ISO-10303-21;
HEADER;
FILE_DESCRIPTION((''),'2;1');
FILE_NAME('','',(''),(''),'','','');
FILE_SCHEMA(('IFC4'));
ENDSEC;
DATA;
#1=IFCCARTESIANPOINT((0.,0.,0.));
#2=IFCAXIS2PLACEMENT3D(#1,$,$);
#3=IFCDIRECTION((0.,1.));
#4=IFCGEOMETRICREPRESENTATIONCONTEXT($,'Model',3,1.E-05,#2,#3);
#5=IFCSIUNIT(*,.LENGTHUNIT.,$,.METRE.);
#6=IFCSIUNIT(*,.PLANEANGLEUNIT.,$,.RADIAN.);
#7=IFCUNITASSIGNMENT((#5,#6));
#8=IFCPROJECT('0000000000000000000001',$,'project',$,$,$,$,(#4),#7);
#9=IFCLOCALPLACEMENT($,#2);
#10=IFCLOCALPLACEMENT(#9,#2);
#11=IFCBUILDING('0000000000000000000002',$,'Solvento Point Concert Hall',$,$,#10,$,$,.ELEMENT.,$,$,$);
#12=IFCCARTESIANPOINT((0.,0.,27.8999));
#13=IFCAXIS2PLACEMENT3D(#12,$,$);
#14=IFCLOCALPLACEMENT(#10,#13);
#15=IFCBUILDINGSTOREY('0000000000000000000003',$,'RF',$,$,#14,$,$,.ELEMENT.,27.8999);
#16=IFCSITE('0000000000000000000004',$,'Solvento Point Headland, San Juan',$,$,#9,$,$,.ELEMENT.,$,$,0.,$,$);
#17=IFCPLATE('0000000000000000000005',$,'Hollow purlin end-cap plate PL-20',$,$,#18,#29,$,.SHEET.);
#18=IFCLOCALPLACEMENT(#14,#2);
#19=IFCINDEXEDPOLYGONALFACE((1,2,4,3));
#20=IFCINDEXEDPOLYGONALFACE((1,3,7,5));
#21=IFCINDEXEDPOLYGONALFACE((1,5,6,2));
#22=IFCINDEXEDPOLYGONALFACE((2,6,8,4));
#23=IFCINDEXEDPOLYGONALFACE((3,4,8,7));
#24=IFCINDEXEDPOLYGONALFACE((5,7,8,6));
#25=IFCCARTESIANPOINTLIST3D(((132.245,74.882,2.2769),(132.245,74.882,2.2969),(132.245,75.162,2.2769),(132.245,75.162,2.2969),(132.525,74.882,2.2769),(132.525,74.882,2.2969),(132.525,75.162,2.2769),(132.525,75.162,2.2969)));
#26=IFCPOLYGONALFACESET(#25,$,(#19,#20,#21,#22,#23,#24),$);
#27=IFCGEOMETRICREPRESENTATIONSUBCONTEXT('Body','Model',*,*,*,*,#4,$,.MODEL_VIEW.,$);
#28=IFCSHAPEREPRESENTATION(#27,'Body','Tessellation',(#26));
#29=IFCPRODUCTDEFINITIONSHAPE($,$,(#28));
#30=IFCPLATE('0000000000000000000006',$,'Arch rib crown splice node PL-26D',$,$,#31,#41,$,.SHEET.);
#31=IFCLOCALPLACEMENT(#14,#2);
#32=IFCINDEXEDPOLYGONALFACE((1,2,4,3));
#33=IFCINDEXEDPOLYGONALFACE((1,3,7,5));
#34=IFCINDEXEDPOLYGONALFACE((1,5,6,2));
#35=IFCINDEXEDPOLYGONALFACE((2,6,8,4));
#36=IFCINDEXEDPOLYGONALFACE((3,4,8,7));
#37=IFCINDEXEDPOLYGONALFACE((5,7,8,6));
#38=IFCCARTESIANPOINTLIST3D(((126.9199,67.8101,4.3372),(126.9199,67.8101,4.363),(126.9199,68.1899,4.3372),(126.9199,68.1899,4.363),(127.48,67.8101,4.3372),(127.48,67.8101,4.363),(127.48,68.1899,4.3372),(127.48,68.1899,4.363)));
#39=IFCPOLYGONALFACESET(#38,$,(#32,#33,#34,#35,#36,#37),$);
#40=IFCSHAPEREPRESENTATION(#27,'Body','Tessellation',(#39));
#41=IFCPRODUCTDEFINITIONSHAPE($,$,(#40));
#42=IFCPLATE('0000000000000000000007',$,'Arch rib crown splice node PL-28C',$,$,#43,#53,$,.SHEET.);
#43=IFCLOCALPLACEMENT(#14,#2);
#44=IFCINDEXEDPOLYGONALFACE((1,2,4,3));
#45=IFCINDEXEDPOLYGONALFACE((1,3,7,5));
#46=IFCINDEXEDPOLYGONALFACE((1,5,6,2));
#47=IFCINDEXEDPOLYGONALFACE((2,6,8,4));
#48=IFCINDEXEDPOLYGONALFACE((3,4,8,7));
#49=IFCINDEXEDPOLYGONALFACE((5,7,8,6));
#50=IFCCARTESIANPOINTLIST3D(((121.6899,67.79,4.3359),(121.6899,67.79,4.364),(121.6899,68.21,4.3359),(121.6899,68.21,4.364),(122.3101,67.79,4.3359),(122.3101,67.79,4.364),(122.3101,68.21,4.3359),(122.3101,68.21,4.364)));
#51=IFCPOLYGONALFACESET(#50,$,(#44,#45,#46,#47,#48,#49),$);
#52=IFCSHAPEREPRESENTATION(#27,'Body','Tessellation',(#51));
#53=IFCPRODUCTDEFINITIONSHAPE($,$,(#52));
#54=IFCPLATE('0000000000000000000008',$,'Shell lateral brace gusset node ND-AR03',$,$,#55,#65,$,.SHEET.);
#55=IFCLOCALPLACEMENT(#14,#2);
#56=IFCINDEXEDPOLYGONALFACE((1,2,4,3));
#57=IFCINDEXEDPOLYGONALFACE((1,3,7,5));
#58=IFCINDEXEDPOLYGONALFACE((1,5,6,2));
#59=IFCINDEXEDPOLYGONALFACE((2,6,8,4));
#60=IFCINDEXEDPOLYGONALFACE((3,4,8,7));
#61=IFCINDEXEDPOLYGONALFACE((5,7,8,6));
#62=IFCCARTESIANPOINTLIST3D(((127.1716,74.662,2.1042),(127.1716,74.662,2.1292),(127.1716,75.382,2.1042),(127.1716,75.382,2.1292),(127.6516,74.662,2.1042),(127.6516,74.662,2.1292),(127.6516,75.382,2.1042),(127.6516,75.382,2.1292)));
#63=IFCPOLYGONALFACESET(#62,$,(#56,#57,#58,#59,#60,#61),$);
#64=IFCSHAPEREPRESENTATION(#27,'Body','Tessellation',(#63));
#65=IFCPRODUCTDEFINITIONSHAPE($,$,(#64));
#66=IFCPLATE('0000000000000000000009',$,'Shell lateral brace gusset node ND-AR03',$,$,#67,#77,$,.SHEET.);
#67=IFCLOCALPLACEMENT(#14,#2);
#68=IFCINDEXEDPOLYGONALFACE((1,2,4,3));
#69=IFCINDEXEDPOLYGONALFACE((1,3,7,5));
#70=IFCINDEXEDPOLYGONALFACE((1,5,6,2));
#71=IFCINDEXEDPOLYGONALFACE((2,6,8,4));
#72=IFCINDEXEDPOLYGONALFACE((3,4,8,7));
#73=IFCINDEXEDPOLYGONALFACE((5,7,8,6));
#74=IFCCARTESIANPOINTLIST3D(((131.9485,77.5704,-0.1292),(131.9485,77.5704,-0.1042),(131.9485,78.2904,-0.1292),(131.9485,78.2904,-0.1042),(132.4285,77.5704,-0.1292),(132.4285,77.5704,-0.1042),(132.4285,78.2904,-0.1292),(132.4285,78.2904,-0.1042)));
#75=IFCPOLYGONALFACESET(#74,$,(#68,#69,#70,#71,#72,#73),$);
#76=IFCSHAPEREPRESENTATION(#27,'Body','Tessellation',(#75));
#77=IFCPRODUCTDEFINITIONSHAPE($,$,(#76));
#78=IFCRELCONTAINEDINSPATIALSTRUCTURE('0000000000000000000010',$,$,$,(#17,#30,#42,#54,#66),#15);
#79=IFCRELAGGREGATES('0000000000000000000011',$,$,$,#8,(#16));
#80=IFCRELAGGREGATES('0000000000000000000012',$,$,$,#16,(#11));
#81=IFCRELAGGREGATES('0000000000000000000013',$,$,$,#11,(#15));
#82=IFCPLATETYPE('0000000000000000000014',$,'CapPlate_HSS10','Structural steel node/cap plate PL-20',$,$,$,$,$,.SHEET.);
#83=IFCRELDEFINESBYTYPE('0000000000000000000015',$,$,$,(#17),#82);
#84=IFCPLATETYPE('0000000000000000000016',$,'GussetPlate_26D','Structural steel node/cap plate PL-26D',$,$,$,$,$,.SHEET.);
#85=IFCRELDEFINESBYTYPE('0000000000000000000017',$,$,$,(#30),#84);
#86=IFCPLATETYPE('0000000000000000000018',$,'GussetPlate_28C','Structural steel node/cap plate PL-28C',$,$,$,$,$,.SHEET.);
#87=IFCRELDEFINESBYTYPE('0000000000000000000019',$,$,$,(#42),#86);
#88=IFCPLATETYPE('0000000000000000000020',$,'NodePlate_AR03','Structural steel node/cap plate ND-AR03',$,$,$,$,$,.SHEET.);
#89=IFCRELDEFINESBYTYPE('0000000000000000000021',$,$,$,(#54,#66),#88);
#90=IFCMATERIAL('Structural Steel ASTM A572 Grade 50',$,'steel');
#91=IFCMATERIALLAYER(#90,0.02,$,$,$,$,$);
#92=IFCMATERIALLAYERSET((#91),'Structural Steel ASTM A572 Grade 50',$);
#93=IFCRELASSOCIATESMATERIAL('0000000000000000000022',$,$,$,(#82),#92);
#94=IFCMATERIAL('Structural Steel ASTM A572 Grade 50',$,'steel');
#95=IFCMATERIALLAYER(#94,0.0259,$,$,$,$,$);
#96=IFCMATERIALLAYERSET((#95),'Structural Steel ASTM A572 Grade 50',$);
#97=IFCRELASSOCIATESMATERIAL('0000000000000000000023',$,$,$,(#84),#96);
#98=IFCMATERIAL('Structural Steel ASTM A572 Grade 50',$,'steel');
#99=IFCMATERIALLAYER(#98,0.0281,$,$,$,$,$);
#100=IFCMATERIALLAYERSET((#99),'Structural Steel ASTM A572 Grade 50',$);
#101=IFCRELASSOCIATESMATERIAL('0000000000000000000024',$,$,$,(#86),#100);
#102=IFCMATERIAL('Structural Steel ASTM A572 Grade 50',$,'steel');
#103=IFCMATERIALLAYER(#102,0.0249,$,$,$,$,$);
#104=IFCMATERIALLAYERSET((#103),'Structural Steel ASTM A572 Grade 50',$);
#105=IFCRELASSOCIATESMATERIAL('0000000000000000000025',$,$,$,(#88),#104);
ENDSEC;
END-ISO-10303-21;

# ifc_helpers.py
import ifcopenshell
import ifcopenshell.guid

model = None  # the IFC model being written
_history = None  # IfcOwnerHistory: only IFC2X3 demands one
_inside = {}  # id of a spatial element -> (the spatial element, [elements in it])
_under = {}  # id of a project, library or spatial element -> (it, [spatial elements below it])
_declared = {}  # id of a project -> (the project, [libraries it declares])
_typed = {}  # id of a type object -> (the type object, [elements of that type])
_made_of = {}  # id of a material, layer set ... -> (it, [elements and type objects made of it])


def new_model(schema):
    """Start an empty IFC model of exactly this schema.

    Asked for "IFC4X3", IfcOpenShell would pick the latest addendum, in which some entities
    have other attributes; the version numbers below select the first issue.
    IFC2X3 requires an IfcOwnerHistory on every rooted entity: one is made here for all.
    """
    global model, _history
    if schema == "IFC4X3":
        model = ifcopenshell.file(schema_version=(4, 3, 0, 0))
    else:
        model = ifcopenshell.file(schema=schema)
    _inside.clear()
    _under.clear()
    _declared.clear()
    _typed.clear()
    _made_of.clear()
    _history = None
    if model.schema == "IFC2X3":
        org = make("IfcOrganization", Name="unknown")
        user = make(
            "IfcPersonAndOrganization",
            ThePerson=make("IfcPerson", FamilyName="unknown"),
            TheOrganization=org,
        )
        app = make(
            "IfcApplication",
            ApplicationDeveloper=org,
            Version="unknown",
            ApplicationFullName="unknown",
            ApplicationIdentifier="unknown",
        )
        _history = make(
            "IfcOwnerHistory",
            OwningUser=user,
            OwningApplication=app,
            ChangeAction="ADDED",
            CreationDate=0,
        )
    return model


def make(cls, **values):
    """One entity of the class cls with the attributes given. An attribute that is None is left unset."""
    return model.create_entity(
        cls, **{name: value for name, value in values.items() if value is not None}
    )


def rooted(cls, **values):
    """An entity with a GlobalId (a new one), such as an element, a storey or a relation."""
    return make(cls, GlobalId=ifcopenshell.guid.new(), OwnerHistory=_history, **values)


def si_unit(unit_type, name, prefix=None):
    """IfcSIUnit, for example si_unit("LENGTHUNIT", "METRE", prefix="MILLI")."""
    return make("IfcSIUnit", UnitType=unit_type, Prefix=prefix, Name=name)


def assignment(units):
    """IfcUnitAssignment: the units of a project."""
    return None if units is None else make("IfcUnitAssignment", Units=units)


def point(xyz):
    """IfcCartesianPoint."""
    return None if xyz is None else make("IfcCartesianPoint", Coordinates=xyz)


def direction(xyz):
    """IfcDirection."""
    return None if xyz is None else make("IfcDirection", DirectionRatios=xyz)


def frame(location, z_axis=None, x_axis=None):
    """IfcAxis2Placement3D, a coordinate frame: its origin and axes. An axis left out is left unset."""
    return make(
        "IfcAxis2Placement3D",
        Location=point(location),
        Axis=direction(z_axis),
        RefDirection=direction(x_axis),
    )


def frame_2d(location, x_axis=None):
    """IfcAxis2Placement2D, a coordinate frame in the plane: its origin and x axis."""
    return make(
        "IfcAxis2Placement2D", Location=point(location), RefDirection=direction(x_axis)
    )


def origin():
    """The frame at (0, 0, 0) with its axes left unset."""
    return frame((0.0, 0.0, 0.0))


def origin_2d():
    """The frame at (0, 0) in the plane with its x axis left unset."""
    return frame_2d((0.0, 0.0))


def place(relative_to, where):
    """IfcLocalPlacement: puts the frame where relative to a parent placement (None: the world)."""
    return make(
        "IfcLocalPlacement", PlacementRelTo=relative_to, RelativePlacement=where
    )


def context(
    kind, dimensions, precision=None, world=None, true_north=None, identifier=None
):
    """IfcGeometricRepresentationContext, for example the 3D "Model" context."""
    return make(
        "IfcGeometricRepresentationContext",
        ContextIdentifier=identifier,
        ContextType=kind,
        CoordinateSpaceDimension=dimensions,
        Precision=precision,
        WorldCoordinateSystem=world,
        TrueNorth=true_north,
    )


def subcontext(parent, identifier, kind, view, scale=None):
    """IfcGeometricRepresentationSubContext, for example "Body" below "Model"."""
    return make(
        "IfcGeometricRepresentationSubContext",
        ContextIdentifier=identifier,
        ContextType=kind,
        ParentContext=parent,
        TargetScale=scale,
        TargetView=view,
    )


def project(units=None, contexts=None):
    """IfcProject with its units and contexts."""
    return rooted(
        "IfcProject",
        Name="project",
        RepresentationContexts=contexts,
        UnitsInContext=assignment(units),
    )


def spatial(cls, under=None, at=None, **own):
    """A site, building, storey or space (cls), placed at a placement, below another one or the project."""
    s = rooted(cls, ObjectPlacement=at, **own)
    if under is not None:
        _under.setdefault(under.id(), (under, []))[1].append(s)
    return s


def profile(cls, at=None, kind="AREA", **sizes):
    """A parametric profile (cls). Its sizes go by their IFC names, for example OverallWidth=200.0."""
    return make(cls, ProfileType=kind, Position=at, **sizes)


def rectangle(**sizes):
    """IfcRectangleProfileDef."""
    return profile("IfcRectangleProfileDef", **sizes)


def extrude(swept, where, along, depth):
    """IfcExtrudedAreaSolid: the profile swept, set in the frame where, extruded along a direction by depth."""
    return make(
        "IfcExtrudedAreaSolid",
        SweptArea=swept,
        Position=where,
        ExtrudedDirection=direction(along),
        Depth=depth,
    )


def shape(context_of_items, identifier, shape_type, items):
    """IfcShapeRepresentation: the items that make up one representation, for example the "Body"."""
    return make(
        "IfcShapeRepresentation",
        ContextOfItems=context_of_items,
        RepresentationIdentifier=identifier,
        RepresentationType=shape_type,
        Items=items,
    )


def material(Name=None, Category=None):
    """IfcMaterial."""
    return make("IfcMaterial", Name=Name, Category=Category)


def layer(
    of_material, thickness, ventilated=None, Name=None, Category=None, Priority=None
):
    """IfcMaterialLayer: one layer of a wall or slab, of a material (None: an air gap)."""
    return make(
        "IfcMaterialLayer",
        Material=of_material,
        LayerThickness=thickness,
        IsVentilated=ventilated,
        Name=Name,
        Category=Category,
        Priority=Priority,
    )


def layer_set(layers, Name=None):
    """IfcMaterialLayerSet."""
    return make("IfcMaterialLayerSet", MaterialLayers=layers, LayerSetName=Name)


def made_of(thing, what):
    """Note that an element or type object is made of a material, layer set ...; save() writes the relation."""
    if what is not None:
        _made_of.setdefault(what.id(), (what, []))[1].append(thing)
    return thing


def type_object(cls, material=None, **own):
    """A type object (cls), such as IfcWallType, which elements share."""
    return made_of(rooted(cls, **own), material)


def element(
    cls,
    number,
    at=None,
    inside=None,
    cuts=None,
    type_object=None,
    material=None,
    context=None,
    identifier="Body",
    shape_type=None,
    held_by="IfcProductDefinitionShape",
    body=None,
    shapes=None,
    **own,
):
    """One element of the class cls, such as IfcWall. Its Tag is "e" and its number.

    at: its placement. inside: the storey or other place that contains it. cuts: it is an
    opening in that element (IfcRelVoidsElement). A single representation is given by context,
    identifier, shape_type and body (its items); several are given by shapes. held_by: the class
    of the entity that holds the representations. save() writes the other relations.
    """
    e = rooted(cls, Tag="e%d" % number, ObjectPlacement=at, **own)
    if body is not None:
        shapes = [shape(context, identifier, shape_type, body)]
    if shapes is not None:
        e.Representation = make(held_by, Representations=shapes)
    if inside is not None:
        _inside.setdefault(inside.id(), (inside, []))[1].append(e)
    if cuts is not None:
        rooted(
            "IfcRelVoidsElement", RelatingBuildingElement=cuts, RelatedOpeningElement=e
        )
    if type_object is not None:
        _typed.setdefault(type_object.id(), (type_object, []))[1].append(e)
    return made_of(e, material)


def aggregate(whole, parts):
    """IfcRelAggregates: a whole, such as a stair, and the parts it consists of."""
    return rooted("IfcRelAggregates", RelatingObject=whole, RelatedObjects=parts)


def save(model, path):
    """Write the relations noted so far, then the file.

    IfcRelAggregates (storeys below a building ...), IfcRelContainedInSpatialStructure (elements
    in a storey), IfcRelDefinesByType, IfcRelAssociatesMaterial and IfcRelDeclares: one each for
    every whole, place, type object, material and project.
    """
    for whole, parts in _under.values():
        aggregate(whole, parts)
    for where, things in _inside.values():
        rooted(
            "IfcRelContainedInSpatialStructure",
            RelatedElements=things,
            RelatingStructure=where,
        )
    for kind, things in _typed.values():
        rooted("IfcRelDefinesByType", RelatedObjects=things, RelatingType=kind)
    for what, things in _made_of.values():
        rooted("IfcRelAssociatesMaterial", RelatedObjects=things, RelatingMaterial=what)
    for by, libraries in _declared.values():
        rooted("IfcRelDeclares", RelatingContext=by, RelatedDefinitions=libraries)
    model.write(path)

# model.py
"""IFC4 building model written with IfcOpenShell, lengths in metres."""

from ifc_helpers import new_model, si_unit, direction, frame, origin, origin_2d, place, context, subcontext, project, spatial, rectangle, extrude, material, layer, layer_set, type_object, element, save


model = new_model("IFC4")

# Units and contexts
model_context = context("Model", 3, precision=1e-05, world=origin(), true_north=direction((0.0, 1.0)))
body_context = subcontext(model_context, "Body", "Model", "MODEL_VIEW")
ifc_project = project(units=[si_unit("LENGTHUNIT", "METRE"), si_unit("PLANEANGLEUNIT", "RADIAN")], contexts=[model_context])

# Site, building, storey
site_placement = place(None, origin())
site = spatial("IfcSite", under=ifc_project, at=site_placement, Name="Solvento Point Headland, San Juan", CompositionType="ELEMENT", RefElevation=0.0)
building_placement = place(site_placement, origin())
building = spatial("IfcBuilding", under=site, at=building_placement, Name="Solvento Point Concert Hall", CompositionType="ELEMENT")
storey_placement = place(building_placement, frame((0.0, 0.0, 27.8999)))
storey = spatial("IfcBuildingStorey", under=building, at=storey_placement, Name="RF", CompositionType="ELEMENT", Elevation=27.8999)

# Plates
ifc_material_1 = material(Name="Structural Steel ASTM A572 Grade 50", Category="steel")
ifc_layer_1 = layer(ifc_material_1, 0.02)
ifc_layer_set_1 = layer_set([ifc_layer_1], Name="Structural Steel ASTM A572 Grade 50")
plate_type_1 = type_object("IfcPlateType", Name="CapPlate_HSS10", Description="Structural steel node/cap plate PL-20", PredefinedType="SHEET", material=ifc_layer_set_1)
plate_1_placement = place(storey_placement, frame((132.385, 75.022, 2.2769), z_axis=(0.0, 0.0, 1.0), x_axis=(0.0, 1.0, 0.0)))
element("IfcPlate", 1, at=plate_1_placement, inside=storey, type_object=plate_type_1, Name="Hollow purlin end-cap plate PL-20", PredefinedType="SHEET", context=body_context, shape_type="SweptSolid", body=[
    extrude(rectangle(XDim=0.28, YDim=0.28, at=origin_2d()), origin(), (0.0, 0.0, 1.0), 0.02),
])
ifc_material_2 = material(Name="Structural Steel ASTM A572 Grade 50", Category="steel")
ifc_layer_2 = layer(ifc_material_2, 0.0259)
ifc_layer_set_2 = layer_set([ifc_layer_2], Name="Structural Steel ASTM A572 Grade 50")
plate_type_2 = type_object("IfcPlateType", Name="GussetPlate_26D", Description="Structural steel node/cap plate PL-26D", PredefinedType="SHEET", material=ifc_layer_set_2)
plate_2_placement = place(storey_placement, frame((127.2, 68.0, 4.3372), z_axis=(0.0, 0.0, 1.0), x_axis=(1.0, 0.0, 0.0)))
element("IfcPlate", 2, at=plate_2_placement, inside=storey, type_object=plate_type_2, Name="Arch rib crown splice node PL-26D", PredefinedType="SHEET", context=body_context, shape_type="SweptSolid", body=[
    extrude(rectangle(XDim=0.5601, YDim=0.3799, at=origin_2d()), origin(), (0.0, 0.0, 1.0), 0.0259),
])
ifc_material_3 = material(Name="Structural Steel ASTM A572 Grade 50", Category="steel")
ifc_layer_3 = layer(ifc_material_3, 0.0281)
ifc_layer_set_3 = layer_set([ifc_layer_3], Name="Structural Steel ASTM A572 Grade 50")
plate_type_3 = type_object("IfcPlateType", Name="GussetPlate_28C", Description="Structural steel node/cap plate PL-28C", PredefinedType="SHEET", material=ifc_layer_set_3)
plate_3_placement = place(storey_placement, frame((122.0, 68.0, 4.3359), z_axis=(0.0, 0.0, 1.0), x_axis=(1.0, 0.0, 0.0)))
element("IfcPlate", 3, at=plate_3_placement, inside=storey, type_object=plate_type_3, Name="Arch rib crown splice node PL-28C", PredefinedType="SHEET", context=body_context, shape_type="SweptSolid", body=[
    extrude(rectangle(XDim=0.6201, YDim=0.4199, at=origin_2d()), origin(), (0.0, 0.0, 1.0), 0.0281),
])
ifc_material_4 = material(Name="Structural Steel ASTM A572 Grade 50", Category="steel")
ifc_layer_4 = layer(ifc_material_4, 0.0249)
ifc_layer_set_4 = layer_set([ifc_layer_4], Name="Structural Steel ASTM A572 Grade 50")
plate_type_4 = type_object("IfcPlateType", Name="NodePlate_AR03", Description="Structural steel node/cap plate ND-AR03", PredefinedType="SHEET", material=ifc_layer_set_4)
for number, where, z_axis, x_axis, name in (
    (4, (127.4116, 75.022, 2.1042), (0.0, 0.0, 1.0), (0.0, 1.0, 0.0), "Shell lateral brace gusset node ND-AR03"),
    (5, (132.1885, 77.9304, -0.1292), (0.0, 0.0, 1.0), (0.0, 1.0, 0.0), "Shell lateral brace gusset node ND-AR03"),
):
    element("IfcPlate", number, at=place(storey_placement, frame(where, z_axis=z_axis, x_axis=x_axis)), inside=storey, type_object=plate_type_4, Name=name, PredefinedType="SHEET", context=body_context, shape_type="SweptSolid", body=[
        extrude(rectangle(XDim=0.72, YDim=0.48, at=origin_2d()), origin(), (0.0, 0.0, 1.0), 0.0249),
    ])

save(model, "model.ifc")
